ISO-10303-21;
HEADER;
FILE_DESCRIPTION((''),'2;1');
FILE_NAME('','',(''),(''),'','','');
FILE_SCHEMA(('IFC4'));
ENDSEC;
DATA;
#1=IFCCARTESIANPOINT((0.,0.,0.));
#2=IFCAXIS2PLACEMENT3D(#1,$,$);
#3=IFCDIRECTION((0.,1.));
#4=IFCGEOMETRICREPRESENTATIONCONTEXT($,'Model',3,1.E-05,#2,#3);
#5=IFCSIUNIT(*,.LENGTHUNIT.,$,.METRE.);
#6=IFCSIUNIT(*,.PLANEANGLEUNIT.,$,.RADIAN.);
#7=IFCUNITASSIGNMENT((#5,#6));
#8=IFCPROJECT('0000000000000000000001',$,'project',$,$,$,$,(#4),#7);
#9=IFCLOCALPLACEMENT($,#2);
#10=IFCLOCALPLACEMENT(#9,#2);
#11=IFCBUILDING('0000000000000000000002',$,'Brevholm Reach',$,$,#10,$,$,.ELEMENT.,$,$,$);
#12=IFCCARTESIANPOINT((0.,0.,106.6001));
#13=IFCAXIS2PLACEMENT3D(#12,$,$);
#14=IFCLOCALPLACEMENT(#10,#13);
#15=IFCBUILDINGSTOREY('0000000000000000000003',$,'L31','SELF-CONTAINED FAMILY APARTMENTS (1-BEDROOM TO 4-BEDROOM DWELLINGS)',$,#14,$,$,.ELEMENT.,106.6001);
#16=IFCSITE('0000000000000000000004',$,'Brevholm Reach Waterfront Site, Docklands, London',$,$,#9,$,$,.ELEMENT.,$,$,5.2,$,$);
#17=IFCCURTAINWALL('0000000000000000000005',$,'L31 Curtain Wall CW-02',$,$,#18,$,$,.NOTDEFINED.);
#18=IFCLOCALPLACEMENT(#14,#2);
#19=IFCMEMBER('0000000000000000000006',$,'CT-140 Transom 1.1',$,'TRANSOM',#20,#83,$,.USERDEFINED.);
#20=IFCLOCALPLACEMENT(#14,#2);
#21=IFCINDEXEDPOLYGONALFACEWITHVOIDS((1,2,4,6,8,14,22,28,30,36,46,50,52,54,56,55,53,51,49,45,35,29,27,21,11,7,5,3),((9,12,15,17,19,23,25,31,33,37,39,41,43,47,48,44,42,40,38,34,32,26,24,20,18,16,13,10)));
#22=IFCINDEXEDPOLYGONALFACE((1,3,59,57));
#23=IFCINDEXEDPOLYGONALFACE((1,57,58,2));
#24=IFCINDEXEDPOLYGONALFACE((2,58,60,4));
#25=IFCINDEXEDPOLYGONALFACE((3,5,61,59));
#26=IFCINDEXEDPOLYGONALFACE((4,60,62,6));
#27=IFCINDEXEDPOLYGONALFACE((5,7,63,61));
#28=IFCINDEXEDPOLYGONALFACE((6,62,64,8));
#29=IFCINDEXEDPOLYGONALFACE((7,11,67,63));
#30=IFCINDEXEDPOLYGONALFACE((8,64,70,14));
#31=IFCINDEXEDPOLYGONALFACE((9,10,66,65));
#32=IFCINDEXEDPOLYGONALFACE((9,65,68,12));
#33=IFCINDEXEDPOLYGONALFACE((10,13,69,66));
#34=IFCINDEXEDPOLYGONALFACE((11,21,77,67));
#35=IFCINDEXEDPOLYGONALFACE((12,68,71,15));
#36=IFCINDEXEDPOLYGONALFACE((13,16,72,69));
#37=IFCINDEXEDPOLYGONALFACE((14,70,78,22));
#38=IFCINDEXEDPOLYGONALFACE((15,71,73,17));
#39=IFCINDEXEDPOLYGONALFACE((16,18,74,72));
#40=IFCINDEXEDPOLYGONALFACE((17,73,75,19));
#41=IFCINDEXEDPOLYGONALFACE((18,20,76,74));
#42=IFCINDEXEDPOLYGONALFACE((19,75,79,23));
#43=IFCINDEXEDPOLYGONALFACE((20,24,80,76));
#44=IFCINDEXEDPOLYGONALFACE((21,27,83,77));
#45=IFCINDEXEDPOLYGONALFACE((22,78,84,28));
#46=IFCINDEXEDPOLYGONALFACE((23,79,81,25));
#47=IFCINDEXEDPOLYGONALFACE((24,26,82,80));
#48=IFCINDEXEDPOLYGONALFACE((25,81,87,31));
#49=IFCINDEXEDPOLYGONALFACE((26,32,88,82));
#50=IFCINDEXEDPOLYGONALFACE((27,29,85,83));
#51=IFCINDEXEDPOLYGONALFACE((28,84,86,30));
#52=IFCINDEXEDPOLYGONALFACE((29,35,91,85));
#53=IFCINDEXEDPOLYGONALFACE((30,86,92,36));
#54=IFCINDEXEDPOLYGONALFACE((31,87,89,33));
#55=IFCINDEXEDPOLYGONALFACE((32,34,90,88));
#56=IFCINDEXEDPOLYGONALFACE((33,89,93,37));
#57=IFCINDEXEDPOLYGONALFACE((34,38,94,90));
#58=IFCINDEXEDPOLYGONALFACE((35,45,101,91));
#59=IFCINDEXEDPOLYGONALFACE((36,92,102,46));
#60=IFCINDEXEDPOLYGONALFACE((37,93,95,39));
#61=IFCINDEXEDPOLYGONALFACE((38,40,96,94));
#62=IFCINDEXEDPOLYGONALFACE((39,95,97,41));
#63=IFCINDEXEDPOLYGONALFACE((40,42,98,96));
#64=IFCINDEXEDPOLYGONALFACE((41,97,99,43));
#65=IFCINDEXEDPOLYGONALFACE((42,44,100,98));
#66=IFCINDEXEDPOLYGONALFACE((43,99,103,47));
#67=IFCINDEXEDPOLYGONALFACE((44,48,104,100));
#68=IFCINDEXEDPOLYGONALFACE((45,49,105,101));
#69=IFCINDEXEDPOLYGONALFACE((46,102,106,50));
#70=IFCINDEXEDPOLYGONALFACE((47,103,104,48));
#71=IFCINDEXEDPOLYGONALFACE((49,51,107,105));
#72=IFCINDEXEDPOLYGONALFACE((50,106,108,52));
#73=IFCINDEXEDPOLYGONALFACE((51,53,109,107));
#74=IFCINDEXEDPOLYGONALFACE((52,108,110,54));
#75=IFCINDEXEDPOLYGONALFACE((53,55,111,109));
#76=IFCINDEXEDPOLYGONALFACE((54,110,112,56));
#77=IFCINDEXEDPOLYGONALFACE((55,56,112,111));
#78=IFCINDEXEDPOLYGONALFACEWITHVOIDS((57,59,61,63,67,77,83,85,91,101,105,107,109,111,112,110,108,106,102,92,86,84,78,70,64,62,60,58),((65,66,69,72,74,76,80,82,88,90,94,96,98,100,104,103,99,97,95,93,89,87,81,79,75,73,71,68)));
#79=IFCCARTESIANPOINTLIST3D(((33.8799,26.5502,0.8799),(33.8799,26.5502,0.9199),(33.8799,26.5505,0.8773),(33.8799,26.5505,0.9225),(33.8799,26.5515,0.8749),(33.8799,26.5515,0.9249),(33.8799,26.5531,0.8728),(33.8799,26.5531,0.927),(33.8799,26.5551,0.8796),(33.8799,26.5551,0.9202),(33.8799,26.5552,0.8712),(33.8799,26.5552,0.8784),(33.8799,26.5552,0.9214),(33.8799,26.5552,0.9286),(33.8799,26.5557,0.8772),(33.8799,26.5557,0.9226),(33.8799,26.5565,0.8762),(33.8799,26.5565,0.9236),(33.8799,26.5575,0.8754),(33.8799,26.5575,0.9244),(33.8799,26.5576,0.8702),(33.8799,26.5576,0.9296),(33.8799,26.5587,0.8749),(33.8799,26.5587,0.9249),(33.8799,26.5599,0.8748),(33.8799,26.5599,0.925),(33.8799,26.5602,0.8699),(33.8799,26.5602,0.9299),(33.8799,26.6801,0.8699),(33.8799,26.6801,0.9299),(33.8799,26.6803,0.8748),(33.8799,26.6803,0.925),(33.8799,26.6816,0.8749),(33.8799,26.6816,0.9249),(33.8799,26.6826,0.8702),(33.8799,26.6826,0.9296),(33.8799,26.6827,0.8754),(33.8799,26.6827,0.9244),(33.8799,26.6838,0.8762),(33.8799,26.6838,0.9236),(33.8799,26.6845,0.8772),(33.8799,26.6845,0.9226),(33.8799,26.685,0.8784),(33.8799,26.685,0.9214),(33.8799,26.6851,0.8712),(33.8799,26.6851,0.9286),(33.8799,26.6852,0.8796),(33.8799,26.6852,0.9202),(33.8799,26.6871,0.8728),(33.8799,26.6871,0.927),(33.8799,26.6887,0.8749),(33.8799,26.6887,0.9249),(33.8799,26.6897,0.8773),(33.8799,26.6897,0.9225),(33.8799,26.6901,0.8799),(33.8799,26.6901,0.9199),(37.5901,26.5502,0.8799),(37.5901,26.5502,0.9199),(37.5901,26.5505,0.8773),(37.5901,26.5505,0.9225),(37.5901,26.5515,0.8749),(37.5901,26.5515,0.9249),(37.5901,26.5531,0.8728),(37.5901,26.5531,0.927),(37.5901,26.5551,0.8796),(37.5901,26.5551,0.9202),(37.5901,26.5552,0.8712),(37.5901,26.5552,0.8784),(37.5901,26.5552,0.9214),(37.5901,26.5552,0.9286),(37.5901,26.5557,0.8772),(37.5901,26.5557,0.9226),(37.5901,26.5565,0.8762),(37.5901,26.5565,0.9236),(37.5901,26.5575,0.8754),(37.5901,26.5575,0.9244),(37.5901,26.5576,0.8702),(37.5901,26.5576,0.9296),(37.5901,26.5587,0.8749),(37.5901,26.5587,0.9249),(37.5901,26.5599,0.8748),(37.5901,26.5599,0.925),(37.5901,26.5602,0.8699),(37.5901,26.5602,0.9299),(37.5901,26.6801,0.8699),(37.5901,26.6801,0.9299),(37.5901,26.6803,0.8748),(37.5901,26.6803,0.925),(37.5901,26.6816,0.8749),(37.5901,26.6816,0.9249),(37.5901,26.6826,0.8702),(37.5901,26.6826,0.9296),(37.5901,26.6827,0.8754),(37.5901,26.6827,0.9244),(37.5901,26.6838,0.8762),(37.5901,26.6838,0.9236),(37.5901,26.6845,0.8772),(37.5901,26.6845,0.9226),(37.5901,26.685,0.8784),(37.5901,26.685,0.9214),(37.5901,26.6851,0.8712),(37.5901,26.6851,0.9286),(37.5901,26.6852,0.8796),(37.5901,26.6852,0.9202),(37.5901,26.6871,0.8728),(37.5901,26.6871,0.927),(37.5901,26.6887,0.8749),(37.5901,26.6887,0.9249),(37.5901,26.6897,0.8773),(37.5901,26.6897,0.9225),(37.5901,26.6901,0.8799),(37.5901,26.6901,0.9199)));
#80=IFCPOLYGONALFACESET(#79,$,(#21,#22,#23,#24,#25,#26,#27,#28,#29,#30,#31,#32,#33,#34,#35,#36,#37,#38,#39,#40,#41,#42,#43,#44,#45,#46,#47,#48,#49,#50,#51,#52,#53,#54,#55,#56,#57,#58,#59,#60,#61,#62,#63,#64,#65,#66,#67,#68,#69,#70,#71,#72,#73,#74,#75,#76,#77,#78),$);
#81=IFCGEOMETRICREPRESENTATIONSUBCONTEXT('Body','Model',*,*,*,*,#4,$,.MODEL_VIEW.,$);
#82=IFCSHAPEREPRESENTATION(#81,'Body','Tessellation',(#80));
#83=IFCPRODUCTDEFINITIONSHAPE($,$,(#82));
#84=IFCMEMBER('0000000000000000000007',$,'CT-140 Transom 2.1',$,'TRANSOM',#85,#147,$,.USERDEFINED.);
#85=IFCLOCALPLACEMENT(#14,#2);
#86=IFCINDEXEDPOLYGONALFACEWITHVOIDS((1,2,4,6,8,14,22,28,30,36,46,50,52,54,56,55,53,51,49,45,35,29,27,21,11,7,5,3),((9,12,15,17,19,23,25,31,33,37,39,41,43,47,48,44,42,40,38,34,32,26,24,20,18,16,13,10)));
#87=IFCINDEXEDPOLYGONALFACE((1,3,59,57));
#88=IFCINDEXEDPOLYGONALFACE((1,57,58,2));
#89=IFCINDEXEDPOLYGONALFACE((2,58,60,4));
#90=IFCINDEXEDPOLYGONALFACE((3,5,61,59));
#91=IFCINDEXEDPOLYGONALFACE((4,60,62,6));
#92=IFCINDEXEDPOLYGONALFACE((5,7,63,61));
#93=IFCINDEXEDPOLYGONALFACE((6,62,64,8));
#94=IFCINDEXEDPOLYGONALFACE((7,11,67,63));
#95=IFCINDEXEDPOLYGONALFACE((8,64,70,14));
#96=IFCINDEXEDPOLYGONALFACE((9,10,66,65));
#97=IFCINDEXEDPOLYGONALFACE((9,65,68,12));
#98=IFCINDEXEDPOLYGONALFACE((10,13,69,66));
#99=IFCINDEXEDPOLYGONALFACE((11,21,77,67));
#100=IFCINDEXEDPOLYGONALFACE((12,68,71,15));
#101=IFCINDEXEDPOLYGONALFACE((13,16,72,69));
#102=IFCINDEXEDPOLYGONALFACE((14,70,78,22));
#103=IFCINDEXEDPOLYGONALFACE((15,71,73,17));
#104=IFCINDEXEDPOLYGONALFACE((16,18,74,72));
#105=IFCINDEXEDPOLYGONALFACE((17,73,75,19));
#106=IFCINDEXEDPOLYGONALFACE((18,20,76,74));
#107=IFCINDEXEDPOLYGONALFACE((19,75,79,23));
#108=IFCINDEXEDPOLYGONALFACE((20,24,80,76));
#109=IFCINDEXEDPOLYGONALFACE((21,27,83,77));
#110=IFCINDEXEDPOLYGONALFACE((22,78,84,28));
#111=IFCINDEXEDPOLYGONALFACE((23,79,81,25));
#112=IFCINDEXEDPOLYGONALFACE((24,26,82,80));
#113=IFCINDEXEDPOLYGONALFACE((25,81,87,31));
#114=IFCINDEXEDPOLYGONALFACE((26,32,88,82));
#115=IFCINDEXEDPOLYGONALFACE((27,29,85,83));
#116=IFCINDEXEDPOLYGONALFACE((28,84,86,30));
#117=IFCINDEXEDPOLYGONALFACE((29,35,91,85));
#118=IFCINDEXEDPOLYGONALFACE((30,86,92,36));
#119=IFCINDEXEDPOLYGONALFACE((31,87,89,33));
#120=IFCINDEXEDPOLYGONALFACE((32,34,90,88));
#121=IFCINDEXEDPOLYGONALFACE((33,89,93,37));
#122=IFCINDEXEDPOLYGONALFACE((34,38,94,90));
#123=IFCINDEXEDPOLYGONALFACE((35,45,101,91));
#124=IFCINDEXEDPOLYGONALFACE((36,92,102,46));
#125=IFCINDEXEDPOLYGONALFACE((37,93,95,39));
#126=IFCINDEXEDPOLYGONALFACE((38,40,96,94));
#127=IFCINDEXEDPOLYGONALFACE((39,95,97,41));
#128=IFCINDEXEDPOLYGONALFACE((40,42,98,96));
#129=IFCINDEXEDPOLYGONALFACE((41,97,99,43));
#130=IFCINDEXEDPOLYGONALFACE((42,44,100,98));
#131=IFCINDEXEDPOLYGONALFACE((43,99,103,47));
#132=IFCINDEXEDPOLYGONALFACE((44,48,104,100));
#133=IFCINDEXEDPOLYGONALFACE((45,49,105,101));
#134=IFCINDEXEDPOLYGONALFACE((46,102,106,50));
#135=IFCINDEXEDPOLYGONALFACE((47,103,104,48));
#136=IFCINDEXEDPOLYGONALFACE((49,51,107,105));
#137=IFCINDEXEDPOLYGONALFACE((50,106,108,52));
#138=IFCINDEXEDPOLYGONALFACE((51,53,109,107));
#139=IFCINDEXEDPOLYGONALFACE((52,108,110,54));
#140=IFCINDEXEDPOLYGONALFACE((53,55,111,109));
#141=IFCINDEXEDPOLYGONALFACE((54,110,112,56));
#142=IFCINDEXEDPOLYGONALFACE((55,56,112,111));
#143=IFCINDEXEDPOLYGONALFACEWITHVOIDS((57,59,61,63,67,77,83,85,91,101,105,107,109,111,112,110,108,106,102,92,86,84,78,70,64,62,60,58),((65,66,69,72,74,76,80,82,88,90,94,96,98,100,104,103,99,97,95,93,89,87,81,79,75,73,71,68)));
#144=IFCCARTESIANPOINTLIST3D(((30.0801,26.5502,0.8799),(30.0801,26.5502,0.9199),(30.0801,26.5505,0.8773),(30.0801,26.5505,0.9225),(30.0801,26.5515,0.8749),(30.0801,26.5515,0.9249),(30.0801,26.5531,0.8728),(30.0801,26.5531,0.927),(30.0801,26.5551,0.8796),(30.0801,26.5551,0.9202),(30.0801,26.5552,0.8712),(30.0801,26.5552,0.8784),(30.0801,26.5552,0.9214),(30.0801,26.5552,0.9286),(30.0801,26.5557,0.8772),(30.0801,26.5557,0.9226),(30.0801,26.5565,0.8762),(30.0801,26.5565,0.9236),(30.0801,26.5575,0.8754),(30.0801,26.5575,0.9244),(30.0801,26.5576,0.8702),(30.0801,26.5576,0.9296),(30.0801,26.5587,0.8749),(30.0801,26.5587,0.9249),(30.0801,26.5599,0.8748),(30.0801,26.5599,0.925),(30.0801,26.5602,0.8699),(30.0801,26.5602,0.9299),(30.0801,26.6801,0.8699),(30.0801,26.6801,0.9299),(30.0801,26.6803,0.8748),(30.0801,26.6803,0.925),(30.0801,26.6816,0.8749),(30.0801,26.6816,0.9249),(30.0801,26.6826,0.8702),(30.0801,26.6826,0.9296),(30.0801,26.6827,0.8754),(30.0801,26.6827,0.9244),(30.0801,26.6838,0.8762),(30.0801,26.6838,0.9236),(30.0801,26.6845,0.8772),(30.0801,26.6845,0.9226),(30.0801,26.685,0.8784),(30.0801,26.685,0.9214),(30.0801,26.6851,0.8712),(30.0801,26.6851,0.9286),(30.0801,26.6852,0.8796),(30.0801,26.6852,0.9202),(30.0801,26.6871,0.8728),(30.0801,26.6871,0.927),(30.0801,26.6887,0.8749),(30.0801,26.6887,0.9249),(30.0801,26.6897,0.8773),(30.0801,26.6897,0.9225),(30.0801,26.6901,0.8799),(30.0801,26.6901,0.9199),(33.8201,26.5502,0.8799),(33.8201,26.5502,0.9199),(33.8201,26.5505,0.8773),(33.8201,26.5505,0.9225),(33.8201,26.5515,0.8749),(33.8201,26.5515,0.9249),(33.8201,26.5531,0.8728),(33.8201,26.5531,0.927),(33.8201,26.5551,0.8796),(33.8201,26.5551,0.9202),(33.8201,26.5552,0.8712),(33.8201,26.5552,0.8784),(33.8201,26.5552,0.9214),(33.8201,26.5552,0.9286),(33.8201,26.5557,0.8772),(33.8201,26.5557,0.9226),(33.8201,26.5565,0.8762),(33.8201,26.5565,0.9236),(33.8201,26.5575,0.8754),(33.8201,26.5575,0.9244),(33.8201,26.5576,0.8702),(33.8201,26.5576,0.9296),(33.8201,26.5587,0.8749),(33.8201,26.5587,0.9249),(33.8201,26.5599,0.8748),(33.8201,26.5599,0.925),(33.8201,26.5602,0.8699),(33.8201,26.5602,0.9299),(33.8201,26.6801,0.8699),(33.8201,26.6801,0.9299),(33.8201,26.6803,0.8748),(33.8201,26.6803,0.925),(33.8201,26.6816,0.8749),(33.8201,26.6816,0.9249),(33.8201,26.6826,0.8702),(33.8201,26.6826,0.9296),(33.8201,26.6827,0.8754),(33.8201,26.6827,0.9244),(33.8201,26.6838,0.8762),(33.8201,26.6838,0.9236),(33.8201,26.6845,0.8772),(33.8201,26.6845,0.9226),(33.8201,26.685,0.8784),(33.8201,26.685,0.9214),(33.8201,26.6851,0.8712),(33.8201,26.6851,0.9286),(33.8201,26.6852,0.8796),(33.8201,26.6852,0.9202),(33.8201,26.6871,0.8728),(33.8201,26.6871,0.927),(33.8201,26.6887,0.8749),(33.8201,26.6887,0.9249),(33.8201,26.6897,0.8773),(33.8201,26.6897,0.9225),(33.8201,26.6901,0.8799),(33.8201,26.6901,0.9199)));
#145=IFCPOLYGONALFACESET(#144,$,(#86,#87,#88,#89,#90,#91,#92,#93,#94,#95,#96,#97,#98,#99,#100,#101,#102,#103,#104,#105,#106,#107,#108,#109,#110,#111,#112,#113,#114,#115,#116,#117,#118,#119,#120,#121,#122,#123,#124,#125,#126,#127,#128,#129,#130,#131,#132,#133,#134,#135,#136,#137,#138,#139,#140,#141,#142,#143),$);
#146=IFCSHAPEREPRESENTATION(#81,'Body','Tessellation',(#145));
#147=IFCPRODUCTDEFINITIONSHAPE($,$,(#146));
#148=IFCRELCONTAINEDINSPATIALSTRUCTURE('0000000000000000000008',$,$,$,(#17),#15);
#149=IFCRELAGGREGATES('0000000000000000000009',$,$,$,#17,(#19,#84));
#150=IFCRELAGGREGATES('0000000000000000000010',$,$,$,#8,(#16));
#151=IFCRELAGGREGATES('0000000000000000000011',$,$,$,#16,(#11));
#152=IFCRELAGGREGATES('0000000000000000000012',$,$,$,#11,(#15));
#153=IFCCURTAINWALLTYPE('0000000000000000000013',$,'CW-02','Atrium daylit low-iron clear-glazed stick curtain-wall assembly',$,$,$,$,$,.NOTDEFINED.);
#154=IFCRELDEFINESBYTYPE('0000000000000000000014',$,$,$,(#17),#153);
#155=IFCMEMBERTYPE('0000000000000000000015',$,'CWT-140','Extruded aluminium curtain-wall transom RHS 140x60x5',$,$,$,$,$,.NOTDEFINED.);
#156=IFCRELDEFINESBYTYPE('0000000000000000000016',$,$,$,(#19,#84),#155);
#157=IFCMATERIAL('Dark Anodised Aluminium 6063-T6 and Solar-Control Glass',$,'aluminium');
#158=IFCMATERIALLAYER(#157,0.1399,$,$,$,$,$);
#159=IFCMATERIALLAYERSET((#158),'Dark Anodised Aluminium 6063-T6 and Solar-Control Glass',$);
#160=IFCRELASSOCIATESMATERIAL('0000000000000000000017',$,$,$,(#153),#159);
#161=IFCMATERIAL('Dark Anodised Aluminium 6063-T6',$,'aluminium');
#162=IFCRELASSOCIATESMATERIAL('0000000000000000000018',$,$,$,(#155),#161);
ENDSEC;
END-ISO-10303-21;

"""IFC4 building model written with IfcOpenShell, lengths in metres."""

from ifc_helpers import new_model, si_unit, direction, frame, origin, origin_2d, place, context, subcontext, project, spatial, hollow_rectangle, extrude, material, layer, layer_set, material_profile, profile_set, type_object, element, aggregate, save


model = new_model("IFC4")

# Units and contexts
model_context = context("Model", 3, precision=1e-05, world=origin(), true_north=direction((0.0, 1.0)))
body_context = subcontext(model_context, "Body", "Model", "MODEL_VIEW")
ifc_project = project(units=[si_unit("LENGTHUNIT", "METRE"), si_unit("PLANEANGLEUNIT", "RADIAN")], contexts=[model_context])

# Site, building, storey
site_placement = place(None, origin())
site = spatial("IfcSite", under=ifc_project, at=site_placement, Name="Brevholm Reach Waterfront Site, Docklands, London", CompositionType="ELEMENT", RefElevation=5.2)
building_placement = place(site_placement, origin())
building = spatial("IfcBuilding", under=site, at=building_placement, Name="Brevholm Reach", CompositionType="ELEMENT")
storey_placement = place(building_placement, frame((0.0, 0.0, 106.6001)))
storey = spatial("IfcBuildingStorey", under=building, at=storey_placement, Name="L31", Description="SELF-CONTAINED FAMILY APARTMENTS (1-BEDROOM TO 4-BEDROOM DWELLINGS)", CompositionType="ELEMENT", Elevation=106.6001)

# Curtain wall
ifc_material_1 = material(Name="Dark Anodised Aluminium 6063-T6 and Solar-Control Glass", Category="aluminium")
ifc_layer_1 = layer(ifc_material_1, 0.1399)
ifc_layer_set_1 = layer_set([ifc_layer_1], Name="Dark Anodised Aluminium 6063-T6 and Solar-Control Glass")
curtain_wall_type_1 = type_object("IfcCurtainWallType", Name="CW-02", Description="Atrium daylit low-iron clear-glazed stick curtain-wall assembly", PredefinedType="NOTDEFINED", material=ifc_layer_set_1)
curtain_wall_1_placement = place(storey_placement, origin())
curtain_wall_1 = element("IfcCurtainWall", 1, at=curtain_wall_1_placement, inside=storey, type_object=curtain_wall_type_1, Name="L31 Curtain Wall CW-02", PredefinedType="NOTDEFINED")

# Members
ifc_material_2 = material(Name="Dark Anodised Aluminium 6063-T6", Category="aluminium")
ifc_material_profile_1 = material_profile(ifc_material_2, hollow_rectangle(XDim=0.0601, YDim=0.1399, WallThickness=0.0049, InnerFilletRadius=0.0049, OuterFilletRadius=0.01, at=origin_2d()), Name="RHS 140x60x5")
ifc_profile_set_1 = profile_set([ifc_material_profile_1], Name="Dark Anodised Aluminium 6063-T6")
member_type_1 = type_object("IfcMemberType", Name="CWT-140", Description="Extruded aluminium curtain-wall transom RHS 140x60x5", PredefinedType="NOTDEFINED", material=ifc_profile_set_1)
member_1_placement = place(storey_placement, frame((37.5901, 26.6201, 0.8999), z_axis=(-1.0, 0.0, 0.0), x_axis=(0.0, 0.0, 1.0)))
member_1 = element("IfcMember", 2, at=member_1_placement, type_object=member_type_1, Name="CT-140 Transom 1.1", ObjectType="TRANSOM", PredefinedType="USERDEFINED", context=body_context, shape_type="SweptSolid", body=[
    extrude(hollow_rectangle(XDim=0.0601, YDim=0.1399, WallThickness=0.0049, InnerFilletRadius=0.0049, OuterFilletRadius=0.01, at=origin_2d()), origin(), (0.0, 0.0, 1.0), 3.7102),
])
member_2_placement = place(storey_placement, frame((33.8201, 26.6201, 0.8999), z_axis=(-1.0, 0.0, 0.0), x_axis=(0.0, 0.0, 1.0)))
member_2 = element("IfcMember", 3, at=member_2_placement, type_object=member_type_1, Name="CT-140 Transom 2.1", ObjectType="TRANSOM", PredefinedType="USERDEFINED", context=body_context, shape_type="SweptSolid", body=[
    extrude(hollow_rectangle(XDim=0.0601, YDim=0.1399, WallThickness=0.0049, InnerFilletRadius=0.0049, OuterFilletRadius=0.01, at=origin_2d()), origin(), (0.0, 0.0, 1.0), 3.74),
])

aggregate(curtain_wall_1, [member_1, member_2])

save(model, "model.ifc")
